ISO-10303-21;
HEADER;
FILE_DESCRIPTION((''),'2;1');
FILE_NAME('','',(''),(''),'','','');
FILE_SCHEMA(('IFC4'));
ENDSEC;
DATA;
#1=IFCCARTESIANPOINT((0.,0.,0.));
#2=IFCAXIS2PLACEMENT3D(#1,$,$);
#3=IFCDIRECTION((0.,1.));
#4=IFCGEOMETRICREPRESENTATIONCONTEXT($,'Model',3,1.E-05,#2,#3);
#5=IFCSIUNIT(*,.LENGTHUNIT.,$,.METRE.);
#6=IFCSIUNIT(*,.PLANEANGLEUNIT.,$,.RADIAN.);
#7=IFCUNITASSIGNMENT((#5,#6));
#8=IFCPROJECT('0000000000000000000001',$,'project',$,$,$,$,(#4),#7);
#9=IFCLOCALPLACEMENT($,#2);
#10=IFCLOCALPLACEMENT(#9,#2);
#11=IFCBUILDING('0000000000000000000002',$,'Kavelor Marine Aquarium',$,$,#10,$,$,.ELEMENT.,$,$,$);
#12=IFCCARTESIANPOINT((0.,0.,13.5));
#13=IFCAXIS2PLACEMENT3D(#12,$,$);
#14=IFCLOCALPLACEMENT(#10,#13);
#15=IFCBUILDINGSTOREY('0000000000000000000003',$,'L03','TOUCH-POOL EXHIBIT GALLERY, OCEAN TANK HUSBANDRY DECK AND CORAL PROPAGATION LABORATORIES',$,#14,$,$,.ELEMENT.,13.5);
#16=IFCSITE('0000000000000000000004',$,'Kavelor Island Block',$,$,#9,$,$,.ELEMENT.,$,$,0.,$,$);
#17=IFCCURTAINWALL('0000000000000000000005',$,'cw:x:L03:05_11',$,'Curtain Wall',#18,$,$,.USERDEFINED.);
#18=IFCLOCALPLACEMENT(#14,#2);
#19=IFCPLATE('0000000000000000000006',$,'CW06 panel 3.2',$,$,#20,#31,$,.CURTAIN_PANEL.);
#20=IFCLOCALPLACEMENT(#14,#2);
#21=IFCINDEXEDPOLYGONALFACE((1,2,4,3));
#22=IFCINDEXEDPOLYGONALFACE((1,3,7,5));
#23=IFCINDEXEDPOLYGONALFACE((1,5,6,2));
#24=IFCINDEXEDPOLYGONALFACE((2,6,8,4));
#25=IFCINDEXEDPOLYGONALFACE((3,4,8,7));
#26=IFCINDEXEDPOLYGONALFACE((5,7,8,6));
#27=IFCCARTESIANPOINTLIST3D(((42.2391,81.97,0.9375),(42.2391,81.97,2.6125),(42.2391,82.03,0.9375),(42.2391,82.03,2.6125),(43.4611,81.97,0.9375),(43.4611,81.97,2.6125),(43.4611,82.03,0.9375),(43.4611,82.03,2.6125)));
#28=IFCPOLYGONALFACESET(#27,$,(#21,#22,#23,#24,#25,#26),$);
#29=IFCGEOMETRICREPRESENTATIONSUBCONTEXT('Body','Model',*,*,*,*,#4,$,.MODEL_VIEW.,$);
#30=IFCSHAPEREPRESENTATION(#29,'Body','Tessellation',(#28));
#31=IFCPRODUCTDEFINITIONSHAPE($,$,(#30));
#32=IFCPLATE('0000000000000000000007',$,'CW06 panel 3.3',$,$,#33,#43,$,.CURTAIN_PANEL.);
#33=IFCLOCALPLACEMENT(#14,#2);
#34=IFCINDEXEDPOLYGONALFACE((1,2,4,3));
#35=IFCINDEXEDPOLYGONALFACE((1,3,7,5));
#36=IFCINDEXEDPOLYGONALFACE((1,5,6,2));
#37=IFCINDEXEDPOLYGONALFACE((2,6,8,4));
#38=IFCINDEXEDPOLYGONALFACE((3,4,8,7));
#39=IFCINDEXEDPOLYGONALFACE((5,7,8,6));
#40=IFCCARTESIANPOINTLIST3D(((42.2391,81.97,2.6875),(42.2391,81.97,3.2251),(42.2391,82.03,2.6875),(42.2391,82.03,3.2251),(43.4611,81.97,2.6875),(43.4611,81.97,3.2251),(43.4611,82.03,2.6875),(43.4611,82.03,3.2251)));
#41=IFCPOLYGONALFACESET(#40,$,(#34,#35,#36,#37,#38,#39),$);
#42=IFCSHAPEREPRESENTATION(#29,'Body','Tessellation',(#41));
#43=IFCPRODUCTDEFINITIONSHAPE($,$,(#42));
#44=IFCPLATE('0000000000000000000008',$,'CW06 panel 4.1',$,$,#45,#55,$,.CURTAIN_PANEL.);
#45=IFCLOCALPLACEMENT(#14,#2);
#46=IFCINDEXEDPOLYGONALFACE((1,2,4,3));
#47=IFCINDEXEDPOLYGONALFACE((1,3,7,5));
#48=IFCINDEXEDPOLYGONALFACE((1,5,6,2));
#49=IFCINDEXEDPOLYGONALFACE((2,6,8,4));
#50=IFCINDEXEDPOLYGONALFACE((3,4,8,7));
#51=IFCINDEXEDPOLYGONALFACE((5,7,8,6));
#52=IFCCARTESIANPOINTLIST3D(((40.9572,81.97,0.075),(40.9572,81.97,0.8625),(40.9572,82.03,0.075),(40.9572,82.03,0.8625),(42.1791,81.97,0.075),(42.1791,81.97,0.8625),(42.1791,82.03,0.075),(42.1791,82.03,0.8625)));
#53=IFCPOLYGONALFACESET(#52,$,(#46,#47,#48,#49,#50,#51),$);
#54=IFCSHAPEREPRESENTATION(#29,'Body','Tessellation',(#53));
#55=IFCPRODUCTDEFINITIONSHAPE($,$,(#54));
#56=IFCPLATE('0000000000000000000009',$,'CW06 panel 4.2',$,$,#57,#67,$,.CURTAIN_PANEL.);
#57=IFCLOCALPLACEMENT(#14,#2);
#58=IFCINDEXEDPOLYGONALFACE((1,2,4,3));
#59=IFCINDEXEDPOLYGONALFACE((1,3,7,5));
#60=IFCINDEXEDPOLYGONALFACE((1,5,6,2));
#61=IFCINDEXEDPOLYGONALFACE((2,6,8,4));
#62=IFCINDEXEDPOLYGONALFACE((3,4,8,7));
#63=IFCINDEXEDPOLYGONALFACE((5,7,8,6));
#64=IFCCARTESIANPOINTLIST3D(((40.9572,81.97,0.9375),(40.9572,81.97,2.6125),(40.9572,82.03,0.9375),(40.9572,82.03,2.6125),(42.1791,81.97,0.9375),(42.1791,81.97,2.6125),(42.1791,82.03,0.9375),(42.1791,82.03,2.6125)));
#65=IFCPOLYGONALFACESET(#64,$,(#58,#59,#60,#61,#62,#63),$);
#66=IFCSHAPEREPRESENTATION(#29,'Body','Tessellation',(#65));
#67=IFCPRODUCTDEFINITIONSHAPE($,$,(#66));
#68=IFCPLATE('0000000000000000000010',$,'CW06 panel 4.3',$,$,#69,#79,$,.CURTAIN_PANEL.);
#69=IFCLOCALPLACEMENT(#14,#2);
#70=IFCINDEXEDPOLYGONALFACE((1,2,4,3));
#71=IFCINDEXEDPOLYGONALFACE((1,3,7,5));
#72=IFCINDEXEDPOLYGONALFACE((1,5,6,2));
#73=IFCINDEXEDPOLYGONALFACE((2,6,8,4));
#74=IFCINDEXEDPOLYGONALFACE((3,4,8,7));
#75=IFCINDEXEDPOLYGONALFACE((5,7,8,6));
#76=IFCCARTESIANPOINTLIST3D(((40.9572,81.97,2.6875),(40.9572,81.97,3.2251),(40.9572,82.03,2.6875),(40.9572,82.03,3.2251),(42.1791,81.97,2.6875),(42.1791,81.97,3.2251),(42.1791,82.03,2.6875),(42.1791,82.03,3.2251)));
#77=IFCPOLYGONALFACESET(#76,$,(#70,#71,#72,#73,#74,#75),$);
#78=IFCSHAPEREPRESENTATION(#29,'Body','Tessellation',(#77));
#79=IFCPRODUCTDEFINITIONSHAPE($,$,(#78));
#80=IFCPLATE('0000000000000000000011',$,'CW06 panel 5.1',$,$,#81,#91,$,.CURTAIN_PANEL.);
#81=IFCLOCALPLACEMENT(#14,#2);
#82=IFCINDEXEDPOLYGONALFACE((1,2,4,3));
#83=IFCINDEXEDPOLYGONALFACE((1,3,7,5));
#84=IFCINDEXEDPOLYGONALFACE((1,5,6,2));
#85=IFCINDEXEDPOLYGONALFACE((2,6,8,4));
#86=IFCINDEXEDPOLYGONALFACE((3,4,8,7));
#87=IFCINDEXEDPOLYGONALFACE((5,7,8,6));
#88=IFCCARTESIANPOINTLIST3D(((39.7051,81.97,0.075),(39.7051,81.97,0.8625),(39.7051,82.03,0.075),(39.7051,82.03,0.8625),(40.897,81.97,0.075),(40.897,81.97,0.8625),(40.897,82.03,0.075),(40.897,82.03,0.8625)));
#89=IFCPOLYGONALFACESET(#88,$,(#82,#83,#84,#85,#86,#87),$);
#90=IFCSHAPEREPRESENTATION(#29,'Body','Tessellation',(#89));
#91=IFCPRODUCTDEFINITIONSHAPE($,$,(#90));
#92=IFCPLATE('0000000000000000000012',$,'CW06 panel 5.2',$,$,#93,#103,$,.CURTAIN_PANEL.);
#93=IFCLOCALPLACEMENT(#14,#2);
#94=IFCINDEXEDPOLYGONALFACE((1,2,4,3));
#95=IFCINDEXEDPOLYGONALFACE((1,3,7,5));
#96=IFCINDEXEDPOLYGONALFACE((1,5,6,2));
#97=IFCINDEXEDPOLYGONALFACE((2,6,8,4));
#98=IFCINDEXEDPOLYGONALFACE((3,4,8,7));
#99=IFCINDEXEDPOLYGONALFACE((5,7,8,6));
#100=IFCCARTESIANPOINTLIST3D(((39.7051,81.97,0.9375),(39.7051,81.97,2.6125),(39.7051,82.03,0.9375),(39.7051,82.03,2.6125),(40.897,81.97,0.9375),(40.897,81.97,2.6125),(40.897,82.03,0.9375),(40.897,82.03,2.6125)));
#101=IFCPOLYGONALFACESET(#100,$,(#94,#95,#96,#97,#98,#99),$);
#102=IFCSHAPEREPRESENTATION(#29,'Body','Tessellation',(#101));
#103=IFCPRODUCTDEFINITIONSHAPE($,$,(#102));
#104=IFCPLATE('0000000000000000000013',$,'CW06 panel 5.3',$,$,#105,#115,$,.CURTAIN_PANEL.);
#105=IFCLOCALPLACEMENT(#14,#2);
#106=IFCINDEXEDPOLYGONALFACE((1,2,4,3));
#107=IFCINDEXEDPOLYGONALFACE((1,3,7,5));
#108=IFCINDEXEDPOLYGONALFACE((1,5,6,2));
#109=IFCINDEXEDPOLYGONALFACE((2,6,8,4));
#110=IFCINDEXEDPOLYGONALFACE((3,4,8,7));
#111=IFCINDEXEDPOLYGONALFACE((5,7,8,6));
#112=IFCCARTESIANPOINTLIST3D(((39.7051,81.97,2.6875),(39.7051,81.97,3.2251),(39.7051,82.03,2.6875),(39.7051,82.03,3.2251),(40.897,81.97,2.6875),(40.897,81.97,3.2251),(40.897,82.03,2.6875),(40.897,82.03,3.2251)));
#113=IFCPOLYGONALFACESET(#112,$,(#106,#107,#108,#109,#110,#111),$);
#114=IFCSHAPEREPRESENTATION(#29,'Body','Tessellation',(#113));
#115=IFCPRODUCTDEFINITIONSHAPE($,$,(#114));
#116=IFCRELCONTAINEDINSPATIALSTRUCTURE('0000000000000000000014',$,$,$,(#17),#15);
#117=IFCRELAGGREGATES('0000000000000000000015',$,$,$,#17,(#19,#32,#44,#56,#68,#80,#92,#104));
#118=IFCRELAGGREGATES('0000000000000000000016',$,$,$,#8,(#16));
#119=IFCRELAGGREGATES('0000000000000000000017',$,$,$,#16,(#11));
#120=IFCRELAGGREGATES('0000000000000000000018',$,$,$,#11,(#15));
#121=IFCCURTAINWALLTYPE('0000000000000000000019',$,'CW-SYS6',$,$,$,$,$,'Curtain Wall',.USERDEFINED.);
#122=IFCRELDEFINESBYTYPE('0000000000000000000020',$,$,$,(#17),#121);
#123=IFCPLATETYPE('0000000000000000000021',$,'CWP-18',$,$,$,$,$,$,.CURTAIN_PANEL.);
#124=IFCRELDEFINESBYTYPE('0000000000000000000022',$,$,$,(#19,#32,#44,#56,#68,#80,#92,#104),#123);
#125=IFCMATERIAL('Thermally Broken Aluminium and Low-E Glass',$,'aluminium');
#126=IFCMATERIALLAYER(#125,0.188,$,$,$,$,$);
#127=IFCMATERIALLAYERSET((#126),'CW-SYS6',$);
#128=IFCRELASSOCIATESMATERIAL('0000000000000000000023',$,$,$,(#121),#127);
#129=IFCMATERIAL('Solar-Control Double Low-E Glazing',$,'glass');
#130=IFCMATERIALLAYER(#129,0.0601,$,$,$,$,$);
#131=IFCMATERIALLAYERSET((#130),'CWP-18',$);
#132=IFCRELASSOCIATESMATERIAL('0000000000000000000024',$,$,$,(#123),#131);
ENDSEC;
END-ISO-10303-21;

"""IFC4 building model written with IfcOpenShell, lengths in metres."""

from ifc_helpers import new_model, si_unit, direction, frame, origin, origin_2d, place, context, subcontext, project, spatial, rectangle, extrude, material, layer, layer_set, type_object, element, aggregate, save


model = new_model("IFC4")

# Units and contexts
model_context = context("Model", 3, precision=1e-05, world=origin(), true_north=direction((0.0, 1.0)))
body_context = subcontext(model_context, "Body", "Model", "MODEL_VIEW")
ifc_project = project(units=[si_unit("LENGTHUNIT", "METRE"), si_unit("PLANEANGLEUNIT", "RADIAN")], contexts=[model_context])

# Site, building, storey
site_placement = place(None, origin())
site = spatial("IfcSite", under=ifc_project, at=site_placement, Name="Kavelor Island Block", CompositionType="ELEMENT", RefElevation=0.0)
building_placement = place(site_placement, origin())
building = spatial("IfcBuilding", under=site, at=building_placement, Name="Kavelor Marine Aquarium", CompositionType="ELEMENT")
storey_placement = place(building_placement, frame((0.0, 0.0, 13.5)))
storey = spatial("IfcBuildingStorey", under=building, at=storey_placement, Name="L03", Description="TOUCH-POOL EXHIBIT GALLERY, OCEAN TANK HUSBANDRY DECK AND CORAL PROPAGATION LABORATORIES", CompositionType="ELEMENT", Elevation=13.5)

# Curtain wall, plates
ifc_material_1 = material(Name="Thermally Broken Aluminium and Low-E Glass", Category="aluminium")
ifc_layer_1 = layer(ifc_material_1, 0.188)
ifc_layer_set_1 = layer_set([ifc_layer_1], Name="CW-SYS6")
curtain_wall_type = type_object("IfcCurtainWallType", Name="CW-SYS6", ElementType="Curtain Wall", PredefinedType="USERDEFINED", material=ifc_layer_set_1)
curtain_wall_placement = place(storey_placement, origin())
curtain_wall = element("IfcCurtainWall", 1, at=curtain_wall_placement, inside=storey, type_object=curtain_wall_type, Name="cw:x:L03:05_11", ObjectType="Curtain Wall", PredefinedType="USERDEFINED")
ifc_material_2 = material(Name="Solar-Control Double Low-E Glazing", Category="glass")
ifc_layer_2 = layer(ifc_material_2, 0.0601)
ifc_layer_set_2 = layer_set([ifc_layer_2], Name="CWP-18")
plate_type = type_object("IfcPlateType", Name="CWP-18", PredefinedType="CURTAIN_PANEL", material=ifc_layer_set_2)
plate_1_placement = place(storey_placement, frame((42.8501, 82.0, 0.9375), z_axis=(0.0, 0.0, 1.0), x_axis=(-1.0, 0.0, 0.0)))
plate_1 = element("IfcPlate", 2, at=plate_1_placement, type_object=plate_type, Name="CW06 panel 3.2", PredefinedType="CURTAIN_PANEL", context=body_context, shape_type="SweptSolid", body=[
    extrude(rectangle(XDim=1.2219, YDim=0.0601, at=origin_2d()), origin(), (0.0, 0.0, 1.0), 1.675),
])
plate_2_placement = place(storey_placement, frame((42.8501, 82.0, 2.6875), z_axis=(0.0, 0.0, 1.0), x_axis=(-1.0, 0.0, 0.0)))
plate_2 = element("IfcPlate", 3, at=plate_2_placement, type_object=plate_type, Name="CW06 panel 3.3", PredefinedType="CURTAIN_PANEL", context=body_context, shape_type="SweptSolid", body=[
    extrude(rectangle(XDim=1.2219, YDim=0.0601, at=origin_2d()), origin(), (0.0, 0.0, 1.0), 0.5376),
])
plate_3_placement = place(storey_placement, frame((41.5681, 82.0, 0.075), z_axis=(0.0, 0.0, 1.0), x_axis=(-1.0, 0.0, 0.0)))
plate_3 = element("IfcPlate", 4, at=plate_3_placement, type_object=plate_type, Name="CW06 panel 4.1", PredefinedType="CURTAIN_PANEL", context=body_context, shape_type="SweptSolid", body=[
    extrude(rectangle(XDim=1.2219, YDim=0.0601, at=origin_2d()), origin(), (0.0, 0.0, 1.0), 0.7876),
])
plate_4_placement = place(storey_placement, frame((41.5681, 82.0, 0.9375), z_axis=(0.0, 0.0, 1.0), x_axis=(-1.0, 0.0, 0.0)))
plate_4 = element("IfcPlate", 5, at=plate_4_placement, type_object=plate_type, Name="CW06 panel 4.2", PredefinedType="CURTAIN_PANEL", context=body_context, shape_type="SweptSolid", body=[
    extrude(rectangle(XDim=1.2219, YDim=0.0601, at=origin_2d()), origin(), (0.0, 0.0, 1.0), 1.675),
])
plate_5_placement = place(storey_placement, frame((41.5681, 82.0, 2.6875), z_axis=(0.0, 0.0, 1.0), x_axis=(-1.0, 0.0, 0.0)))
plate_5 = element("IfcPlate", 6, at=plate_5_placement, type_object=plate_type, Name="CW06 panel 4.3", PredefinedType="CURTAIN_PANEL", context=body_context, shape_type="SweptSolid", body=[
    extrude(rectangle(XDim=1.2219, YDim=0.0601, at=origin_2d()), origin(), (0.0, 0.0, 1.0), 0.5376),
])
plate_6_placement = place(storey_placement, frame((40.301, 82.0, 0.075), z_axis=(0.0, 0.0, 1.0), x_axis=(-1.0, 0.0, 0.0)))
plate_6 = element("IfcPlate", 7, at=plate_6_placement, type_object=plate_type, Name="CW06 panel 5.1", PredefinedType="CURTAIN_PANEL", context=body_context, shape_type="SweptSolid", body=[
    extrude(rectangle(XDim=1.1919, YDim=0.0601, at=origin_2d()), origin(), (0.0, 0.0, 1.0), 0.7876),
])
plate_7_placement = place(storey_placement, frame((40.301, 82.0, 0.9375), z_axis=(0.0, 0.0, 1.0), x_axis=(-1.0, 0.0, 0.0)))
plate_7 = element("IfcPlate", 8, at=plate_7_placement, type_object=plate_type, Name="CW06 panel 5.2", PredefinedType="CURTAIN_PANEL", context=body_context, shape_type="SweptSolid", body=[
    extrude(rectangle(XDim=1.1919, YDim=0.0601, at=origin_2d()), origin(), (0.0, 0.0, 1.0), 1.675),
])
plate_8_placement = place(storey_placement, frame((40.301, 82.0, 2.6875), z_axis=(0.0, 0.0, 1.0), x_axis=(-1.0, 0.0, 0.0)))
plate_8 = element("IfcPlate", 9, at=plate_8_placement, type_object=plate_type, Name="CW06 panel 5.3", PredefinedType="CURTAIN_PANEL", context=body_context, shape_type="SweptSolid", body=[
    extrude(rectangle(XDim=1.1919, YDim=0.0601, at=origin_2d()), origin(), (0.0, 0.0, 1.0), 0.5376),
])
aggregate(curtain_wall, [plate_1, plate_2, plate_3, plate_4, plate_5, plate_6, plate_7, plate_8])

save(model, "model.ifc")
